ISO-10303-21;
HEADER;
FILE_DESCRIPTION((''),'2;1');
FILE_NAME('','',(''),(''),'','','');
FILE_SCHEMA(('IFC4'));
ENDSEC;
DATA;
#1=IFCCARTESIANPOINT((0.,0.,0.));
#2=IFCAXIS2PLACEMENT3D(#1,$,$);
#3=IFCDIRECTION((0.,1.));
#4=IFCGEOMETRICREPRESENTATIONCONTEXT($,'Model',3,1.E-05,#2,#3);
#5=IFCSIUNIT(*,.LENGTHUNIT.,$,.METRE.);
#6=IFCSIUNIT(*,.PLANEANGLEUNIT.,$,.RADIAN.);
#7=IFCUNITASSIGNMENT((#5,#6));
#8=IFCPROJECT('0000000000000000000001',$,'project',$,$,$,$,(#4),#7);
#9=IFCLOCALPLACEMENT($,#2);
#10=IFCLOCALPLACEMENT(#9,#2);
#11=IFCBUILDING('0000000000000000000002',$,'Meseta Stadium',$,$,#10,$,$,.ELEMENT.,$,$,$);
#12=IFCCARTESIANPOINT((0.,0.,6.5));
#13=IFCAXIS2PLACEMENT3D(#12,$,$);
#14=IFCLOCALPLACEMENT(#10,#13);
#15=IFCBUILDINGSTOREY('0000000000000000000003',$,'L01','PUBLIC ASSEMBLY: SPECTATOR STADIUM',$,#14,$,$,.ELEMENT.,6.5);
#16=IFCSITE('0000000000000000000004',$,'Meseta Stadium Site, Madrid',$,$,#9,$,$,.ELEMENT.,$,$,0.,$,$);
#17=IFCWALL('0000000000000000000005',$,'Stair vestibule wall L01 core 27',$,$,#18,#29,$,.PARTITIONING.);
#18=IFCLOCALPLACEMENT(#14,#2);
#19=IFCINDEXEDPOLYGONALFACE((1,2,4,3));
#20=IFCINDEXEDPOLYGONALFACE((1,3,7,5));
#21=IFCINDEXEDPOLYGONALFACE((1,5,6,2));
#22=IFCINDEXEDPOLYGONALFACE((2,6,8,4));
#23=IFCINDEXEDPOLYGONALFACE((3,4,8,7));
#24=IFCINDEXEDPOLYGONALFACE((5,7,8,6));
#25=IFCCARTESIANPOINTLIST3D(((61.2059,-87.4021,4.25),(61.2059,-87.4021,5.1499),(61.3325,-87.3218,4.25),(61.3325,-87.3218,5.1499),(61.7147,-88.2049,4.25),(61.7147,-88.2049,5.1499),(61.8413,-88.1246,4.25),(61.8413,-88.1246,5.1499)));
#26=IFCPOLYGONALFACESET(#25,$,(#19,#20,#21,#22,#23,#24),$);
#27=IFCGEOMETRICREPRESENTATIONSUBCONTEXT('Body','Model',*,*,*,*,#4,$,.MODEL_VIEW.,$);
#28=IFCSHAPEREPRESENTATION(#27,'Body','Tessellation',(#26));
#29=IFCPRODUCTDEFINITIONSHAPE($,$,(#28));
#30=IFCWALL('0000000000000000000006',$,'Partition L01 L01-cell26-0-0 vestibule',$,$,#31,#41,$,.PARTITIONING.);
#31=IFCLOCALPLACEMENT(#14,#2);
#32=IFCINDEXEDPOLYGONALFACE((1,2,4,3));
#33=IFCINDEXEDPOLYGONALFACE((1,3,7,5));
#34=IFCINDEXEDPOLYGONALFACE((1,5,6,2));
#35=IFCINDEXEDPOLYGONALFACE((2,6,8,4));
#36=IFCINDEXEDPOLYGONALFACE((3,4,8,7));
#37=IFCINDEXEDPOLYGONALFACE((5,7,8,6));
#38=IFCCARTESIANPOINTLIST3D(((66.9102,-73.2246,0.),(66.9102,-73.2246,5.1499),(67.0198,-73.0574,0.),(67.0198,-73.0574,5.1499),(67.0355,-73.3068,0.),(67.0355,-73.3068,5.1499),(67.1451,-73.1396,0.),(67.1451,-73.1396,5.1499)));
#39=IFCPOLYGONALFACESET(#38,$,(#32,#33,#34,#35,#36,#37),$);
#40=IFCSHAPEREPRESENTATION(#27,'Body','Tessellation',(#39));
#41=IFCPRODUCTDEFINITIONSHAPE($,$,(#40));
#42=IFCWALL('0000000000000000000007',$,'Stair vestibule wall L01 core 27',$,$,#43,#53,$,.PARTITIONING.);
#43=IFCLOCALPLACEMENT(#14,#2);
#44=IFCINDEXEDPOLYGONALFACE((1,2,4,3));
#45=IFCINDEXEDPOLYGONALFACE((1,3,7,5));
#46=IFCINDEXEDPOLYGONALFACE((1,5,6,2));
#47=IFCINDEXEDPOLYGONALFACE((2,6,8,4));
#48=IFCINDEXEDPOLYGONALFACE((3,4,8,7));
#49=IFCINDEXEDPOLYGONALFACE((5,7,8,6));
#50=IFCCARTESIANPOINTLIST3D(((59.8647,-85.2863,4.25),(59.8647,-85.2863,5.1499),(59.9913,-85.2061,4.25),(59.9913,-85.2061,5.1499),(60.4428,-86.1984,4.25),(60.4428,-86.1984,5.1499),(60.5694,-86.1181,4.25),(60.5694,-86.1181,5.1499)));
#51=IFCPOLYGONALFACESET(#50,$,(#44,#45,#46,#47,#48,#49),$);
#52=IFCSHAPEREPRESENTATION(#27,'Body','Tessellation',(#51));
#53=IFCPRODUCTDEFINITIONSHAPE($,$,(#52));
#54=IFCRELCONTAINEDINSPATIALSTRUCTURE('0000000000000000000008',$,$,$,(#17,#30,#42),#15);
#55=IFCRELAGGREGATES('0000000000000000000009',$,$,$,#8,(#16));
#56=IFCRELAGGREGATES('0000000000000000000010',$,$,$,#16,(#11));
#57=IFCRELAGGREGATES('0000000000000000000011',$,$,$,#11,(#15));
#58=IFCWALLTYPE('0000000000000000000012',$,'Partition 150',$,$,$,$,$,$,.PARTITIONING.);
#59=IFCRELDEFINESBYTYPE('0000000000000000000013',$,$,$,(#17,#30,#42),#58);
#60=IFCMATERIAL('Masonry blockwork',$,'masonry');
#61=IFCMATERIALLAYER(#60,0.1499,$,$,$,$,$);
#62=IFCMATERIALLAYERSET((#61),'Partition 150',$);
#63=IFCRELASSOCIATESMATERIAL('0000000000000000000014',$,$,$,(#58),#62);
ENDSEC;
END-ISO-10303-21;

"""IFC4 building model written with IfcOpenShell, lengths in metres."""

from ifc_helpers import new_model, si_unit, direction, frame, frame_2d, origin, place, context, subcontext, project, spatial, rectangle, extrude, material, layer, layer_set, type_object, element, save


model = new_model("IFC4")

# Units and contexts
model_context = context("Model", 3, precision=1e-05, world=origin(), true_north=direction((0.0, 1.0)))
body_context = subcontext(model_context, "Body", "Model", "MODEL_VIEW")
ifc_project = project(units=[si_unit("LENGTHUNIT", "METRE"), si_unit("PLANEANGLEUNIT", "RADIAN")], contexts=[model_context])

# Site, building, storey
site_placement = place(None, origin())
site = spatial("IfcSite", under=ifc_project, at=site_placement, Name="Meseta Stadium Site, Madrid", CompositionType="ELEMENT", RefElevation=0.0)
building_placement = place(site_placement, origin())
building = spatial("IfcBuilding", under=site, at=building_placement, Name="Meseta Stadium", CompositionType="ELEMENT")
storey_placement = place(building_placement, frame((0.0, 0.0, 6.5)))
storey = spatial("IfcBuildingStorey", under=building, at=storey_placement, Name="L01", Description="PUBLIC ASSEMBLY: SPECTATOR STADIUM", CompositionType="ELEMENT", Elevation=6.5)

# Shared definitions
ifc_material_1 = material(Name="Masonry blockwork", Category="masonry")
ifc_layer_1 = layer(ifc_material_1, 0.1499)
ifc_layer_set_1 = layer_set([ifc_layer_1], Name="Partition 150")
wall_type_1 = type_object("IfcWallType", Name="Partition 150", PredefinedType="PARTITIONING", material=ifc_layer_set_1)

# Walls
wall_1_placement = place(storey_placement, frame((61.2693, -87.3621, 4.25), z_axis=(0.0, 0.0, 1.0), x_axis=(0.535345, -0.844633, 0.0)))
element("IfcWall", 1, at=wall_1_placement, inside=storey, type_object=wall_type_1, Name="Stair vestibule wall L01 core 27", PredefinedType="PARTITIONING", context=body_context, shape_type="SweptSolid", body=[
    extrude(rectangle(XDim=0.9504, YDim=0.1499, at=frame_2d((0.4751, 0.0))), origin(), (0.0, 0.0, 1.0), 0.8999),
])
wall_2_placement = place(storey_placement, frame((67.0825, -73.0984, 0.0), z_axis=(0.0, 0.0, 1.0), x_axis=(-0.548203, -0.836345, 0.0)))
element("IfcWall", 2, at=wall_2_placement, inside=storey, type_object=wall_type_1, Name="Partition L01 L01-cell26-0-0 vestibule", PredefinedType="PARTITIONING", context=body_context, shape_type="SweptSolid", body=[
    extrude(rectangle(XDim=0.2, YDim=0.1499, at=frame_2d((0.1001, 0.0))), origin(), (0.0, 0.0, 1.0), 5.1499),
])
wall_3_placement = place(storey_placement, frame((59.928, -85.2461, 4.25), z_axis=(0.0, 0.0, 1.0), x_axis=(0.535353, -0.844628, 0.0)))
element("IfcWall", 3, at=wall_3_placement, inside=storey, type_object=wall_type_1, Name="Stair vestibule wall L01 core 27", PredefinedType="PARTITIONING", context=body_context, shape_type="SweptSolid", body=[
    extrude(rectangle(XDim=1.0798, YDim=0.1499, at=frame_2d((0.54, 0.0))), origin(), (0.0, 0.0, 1.0), 0.8999),
])

save(model, "model.ifc")
